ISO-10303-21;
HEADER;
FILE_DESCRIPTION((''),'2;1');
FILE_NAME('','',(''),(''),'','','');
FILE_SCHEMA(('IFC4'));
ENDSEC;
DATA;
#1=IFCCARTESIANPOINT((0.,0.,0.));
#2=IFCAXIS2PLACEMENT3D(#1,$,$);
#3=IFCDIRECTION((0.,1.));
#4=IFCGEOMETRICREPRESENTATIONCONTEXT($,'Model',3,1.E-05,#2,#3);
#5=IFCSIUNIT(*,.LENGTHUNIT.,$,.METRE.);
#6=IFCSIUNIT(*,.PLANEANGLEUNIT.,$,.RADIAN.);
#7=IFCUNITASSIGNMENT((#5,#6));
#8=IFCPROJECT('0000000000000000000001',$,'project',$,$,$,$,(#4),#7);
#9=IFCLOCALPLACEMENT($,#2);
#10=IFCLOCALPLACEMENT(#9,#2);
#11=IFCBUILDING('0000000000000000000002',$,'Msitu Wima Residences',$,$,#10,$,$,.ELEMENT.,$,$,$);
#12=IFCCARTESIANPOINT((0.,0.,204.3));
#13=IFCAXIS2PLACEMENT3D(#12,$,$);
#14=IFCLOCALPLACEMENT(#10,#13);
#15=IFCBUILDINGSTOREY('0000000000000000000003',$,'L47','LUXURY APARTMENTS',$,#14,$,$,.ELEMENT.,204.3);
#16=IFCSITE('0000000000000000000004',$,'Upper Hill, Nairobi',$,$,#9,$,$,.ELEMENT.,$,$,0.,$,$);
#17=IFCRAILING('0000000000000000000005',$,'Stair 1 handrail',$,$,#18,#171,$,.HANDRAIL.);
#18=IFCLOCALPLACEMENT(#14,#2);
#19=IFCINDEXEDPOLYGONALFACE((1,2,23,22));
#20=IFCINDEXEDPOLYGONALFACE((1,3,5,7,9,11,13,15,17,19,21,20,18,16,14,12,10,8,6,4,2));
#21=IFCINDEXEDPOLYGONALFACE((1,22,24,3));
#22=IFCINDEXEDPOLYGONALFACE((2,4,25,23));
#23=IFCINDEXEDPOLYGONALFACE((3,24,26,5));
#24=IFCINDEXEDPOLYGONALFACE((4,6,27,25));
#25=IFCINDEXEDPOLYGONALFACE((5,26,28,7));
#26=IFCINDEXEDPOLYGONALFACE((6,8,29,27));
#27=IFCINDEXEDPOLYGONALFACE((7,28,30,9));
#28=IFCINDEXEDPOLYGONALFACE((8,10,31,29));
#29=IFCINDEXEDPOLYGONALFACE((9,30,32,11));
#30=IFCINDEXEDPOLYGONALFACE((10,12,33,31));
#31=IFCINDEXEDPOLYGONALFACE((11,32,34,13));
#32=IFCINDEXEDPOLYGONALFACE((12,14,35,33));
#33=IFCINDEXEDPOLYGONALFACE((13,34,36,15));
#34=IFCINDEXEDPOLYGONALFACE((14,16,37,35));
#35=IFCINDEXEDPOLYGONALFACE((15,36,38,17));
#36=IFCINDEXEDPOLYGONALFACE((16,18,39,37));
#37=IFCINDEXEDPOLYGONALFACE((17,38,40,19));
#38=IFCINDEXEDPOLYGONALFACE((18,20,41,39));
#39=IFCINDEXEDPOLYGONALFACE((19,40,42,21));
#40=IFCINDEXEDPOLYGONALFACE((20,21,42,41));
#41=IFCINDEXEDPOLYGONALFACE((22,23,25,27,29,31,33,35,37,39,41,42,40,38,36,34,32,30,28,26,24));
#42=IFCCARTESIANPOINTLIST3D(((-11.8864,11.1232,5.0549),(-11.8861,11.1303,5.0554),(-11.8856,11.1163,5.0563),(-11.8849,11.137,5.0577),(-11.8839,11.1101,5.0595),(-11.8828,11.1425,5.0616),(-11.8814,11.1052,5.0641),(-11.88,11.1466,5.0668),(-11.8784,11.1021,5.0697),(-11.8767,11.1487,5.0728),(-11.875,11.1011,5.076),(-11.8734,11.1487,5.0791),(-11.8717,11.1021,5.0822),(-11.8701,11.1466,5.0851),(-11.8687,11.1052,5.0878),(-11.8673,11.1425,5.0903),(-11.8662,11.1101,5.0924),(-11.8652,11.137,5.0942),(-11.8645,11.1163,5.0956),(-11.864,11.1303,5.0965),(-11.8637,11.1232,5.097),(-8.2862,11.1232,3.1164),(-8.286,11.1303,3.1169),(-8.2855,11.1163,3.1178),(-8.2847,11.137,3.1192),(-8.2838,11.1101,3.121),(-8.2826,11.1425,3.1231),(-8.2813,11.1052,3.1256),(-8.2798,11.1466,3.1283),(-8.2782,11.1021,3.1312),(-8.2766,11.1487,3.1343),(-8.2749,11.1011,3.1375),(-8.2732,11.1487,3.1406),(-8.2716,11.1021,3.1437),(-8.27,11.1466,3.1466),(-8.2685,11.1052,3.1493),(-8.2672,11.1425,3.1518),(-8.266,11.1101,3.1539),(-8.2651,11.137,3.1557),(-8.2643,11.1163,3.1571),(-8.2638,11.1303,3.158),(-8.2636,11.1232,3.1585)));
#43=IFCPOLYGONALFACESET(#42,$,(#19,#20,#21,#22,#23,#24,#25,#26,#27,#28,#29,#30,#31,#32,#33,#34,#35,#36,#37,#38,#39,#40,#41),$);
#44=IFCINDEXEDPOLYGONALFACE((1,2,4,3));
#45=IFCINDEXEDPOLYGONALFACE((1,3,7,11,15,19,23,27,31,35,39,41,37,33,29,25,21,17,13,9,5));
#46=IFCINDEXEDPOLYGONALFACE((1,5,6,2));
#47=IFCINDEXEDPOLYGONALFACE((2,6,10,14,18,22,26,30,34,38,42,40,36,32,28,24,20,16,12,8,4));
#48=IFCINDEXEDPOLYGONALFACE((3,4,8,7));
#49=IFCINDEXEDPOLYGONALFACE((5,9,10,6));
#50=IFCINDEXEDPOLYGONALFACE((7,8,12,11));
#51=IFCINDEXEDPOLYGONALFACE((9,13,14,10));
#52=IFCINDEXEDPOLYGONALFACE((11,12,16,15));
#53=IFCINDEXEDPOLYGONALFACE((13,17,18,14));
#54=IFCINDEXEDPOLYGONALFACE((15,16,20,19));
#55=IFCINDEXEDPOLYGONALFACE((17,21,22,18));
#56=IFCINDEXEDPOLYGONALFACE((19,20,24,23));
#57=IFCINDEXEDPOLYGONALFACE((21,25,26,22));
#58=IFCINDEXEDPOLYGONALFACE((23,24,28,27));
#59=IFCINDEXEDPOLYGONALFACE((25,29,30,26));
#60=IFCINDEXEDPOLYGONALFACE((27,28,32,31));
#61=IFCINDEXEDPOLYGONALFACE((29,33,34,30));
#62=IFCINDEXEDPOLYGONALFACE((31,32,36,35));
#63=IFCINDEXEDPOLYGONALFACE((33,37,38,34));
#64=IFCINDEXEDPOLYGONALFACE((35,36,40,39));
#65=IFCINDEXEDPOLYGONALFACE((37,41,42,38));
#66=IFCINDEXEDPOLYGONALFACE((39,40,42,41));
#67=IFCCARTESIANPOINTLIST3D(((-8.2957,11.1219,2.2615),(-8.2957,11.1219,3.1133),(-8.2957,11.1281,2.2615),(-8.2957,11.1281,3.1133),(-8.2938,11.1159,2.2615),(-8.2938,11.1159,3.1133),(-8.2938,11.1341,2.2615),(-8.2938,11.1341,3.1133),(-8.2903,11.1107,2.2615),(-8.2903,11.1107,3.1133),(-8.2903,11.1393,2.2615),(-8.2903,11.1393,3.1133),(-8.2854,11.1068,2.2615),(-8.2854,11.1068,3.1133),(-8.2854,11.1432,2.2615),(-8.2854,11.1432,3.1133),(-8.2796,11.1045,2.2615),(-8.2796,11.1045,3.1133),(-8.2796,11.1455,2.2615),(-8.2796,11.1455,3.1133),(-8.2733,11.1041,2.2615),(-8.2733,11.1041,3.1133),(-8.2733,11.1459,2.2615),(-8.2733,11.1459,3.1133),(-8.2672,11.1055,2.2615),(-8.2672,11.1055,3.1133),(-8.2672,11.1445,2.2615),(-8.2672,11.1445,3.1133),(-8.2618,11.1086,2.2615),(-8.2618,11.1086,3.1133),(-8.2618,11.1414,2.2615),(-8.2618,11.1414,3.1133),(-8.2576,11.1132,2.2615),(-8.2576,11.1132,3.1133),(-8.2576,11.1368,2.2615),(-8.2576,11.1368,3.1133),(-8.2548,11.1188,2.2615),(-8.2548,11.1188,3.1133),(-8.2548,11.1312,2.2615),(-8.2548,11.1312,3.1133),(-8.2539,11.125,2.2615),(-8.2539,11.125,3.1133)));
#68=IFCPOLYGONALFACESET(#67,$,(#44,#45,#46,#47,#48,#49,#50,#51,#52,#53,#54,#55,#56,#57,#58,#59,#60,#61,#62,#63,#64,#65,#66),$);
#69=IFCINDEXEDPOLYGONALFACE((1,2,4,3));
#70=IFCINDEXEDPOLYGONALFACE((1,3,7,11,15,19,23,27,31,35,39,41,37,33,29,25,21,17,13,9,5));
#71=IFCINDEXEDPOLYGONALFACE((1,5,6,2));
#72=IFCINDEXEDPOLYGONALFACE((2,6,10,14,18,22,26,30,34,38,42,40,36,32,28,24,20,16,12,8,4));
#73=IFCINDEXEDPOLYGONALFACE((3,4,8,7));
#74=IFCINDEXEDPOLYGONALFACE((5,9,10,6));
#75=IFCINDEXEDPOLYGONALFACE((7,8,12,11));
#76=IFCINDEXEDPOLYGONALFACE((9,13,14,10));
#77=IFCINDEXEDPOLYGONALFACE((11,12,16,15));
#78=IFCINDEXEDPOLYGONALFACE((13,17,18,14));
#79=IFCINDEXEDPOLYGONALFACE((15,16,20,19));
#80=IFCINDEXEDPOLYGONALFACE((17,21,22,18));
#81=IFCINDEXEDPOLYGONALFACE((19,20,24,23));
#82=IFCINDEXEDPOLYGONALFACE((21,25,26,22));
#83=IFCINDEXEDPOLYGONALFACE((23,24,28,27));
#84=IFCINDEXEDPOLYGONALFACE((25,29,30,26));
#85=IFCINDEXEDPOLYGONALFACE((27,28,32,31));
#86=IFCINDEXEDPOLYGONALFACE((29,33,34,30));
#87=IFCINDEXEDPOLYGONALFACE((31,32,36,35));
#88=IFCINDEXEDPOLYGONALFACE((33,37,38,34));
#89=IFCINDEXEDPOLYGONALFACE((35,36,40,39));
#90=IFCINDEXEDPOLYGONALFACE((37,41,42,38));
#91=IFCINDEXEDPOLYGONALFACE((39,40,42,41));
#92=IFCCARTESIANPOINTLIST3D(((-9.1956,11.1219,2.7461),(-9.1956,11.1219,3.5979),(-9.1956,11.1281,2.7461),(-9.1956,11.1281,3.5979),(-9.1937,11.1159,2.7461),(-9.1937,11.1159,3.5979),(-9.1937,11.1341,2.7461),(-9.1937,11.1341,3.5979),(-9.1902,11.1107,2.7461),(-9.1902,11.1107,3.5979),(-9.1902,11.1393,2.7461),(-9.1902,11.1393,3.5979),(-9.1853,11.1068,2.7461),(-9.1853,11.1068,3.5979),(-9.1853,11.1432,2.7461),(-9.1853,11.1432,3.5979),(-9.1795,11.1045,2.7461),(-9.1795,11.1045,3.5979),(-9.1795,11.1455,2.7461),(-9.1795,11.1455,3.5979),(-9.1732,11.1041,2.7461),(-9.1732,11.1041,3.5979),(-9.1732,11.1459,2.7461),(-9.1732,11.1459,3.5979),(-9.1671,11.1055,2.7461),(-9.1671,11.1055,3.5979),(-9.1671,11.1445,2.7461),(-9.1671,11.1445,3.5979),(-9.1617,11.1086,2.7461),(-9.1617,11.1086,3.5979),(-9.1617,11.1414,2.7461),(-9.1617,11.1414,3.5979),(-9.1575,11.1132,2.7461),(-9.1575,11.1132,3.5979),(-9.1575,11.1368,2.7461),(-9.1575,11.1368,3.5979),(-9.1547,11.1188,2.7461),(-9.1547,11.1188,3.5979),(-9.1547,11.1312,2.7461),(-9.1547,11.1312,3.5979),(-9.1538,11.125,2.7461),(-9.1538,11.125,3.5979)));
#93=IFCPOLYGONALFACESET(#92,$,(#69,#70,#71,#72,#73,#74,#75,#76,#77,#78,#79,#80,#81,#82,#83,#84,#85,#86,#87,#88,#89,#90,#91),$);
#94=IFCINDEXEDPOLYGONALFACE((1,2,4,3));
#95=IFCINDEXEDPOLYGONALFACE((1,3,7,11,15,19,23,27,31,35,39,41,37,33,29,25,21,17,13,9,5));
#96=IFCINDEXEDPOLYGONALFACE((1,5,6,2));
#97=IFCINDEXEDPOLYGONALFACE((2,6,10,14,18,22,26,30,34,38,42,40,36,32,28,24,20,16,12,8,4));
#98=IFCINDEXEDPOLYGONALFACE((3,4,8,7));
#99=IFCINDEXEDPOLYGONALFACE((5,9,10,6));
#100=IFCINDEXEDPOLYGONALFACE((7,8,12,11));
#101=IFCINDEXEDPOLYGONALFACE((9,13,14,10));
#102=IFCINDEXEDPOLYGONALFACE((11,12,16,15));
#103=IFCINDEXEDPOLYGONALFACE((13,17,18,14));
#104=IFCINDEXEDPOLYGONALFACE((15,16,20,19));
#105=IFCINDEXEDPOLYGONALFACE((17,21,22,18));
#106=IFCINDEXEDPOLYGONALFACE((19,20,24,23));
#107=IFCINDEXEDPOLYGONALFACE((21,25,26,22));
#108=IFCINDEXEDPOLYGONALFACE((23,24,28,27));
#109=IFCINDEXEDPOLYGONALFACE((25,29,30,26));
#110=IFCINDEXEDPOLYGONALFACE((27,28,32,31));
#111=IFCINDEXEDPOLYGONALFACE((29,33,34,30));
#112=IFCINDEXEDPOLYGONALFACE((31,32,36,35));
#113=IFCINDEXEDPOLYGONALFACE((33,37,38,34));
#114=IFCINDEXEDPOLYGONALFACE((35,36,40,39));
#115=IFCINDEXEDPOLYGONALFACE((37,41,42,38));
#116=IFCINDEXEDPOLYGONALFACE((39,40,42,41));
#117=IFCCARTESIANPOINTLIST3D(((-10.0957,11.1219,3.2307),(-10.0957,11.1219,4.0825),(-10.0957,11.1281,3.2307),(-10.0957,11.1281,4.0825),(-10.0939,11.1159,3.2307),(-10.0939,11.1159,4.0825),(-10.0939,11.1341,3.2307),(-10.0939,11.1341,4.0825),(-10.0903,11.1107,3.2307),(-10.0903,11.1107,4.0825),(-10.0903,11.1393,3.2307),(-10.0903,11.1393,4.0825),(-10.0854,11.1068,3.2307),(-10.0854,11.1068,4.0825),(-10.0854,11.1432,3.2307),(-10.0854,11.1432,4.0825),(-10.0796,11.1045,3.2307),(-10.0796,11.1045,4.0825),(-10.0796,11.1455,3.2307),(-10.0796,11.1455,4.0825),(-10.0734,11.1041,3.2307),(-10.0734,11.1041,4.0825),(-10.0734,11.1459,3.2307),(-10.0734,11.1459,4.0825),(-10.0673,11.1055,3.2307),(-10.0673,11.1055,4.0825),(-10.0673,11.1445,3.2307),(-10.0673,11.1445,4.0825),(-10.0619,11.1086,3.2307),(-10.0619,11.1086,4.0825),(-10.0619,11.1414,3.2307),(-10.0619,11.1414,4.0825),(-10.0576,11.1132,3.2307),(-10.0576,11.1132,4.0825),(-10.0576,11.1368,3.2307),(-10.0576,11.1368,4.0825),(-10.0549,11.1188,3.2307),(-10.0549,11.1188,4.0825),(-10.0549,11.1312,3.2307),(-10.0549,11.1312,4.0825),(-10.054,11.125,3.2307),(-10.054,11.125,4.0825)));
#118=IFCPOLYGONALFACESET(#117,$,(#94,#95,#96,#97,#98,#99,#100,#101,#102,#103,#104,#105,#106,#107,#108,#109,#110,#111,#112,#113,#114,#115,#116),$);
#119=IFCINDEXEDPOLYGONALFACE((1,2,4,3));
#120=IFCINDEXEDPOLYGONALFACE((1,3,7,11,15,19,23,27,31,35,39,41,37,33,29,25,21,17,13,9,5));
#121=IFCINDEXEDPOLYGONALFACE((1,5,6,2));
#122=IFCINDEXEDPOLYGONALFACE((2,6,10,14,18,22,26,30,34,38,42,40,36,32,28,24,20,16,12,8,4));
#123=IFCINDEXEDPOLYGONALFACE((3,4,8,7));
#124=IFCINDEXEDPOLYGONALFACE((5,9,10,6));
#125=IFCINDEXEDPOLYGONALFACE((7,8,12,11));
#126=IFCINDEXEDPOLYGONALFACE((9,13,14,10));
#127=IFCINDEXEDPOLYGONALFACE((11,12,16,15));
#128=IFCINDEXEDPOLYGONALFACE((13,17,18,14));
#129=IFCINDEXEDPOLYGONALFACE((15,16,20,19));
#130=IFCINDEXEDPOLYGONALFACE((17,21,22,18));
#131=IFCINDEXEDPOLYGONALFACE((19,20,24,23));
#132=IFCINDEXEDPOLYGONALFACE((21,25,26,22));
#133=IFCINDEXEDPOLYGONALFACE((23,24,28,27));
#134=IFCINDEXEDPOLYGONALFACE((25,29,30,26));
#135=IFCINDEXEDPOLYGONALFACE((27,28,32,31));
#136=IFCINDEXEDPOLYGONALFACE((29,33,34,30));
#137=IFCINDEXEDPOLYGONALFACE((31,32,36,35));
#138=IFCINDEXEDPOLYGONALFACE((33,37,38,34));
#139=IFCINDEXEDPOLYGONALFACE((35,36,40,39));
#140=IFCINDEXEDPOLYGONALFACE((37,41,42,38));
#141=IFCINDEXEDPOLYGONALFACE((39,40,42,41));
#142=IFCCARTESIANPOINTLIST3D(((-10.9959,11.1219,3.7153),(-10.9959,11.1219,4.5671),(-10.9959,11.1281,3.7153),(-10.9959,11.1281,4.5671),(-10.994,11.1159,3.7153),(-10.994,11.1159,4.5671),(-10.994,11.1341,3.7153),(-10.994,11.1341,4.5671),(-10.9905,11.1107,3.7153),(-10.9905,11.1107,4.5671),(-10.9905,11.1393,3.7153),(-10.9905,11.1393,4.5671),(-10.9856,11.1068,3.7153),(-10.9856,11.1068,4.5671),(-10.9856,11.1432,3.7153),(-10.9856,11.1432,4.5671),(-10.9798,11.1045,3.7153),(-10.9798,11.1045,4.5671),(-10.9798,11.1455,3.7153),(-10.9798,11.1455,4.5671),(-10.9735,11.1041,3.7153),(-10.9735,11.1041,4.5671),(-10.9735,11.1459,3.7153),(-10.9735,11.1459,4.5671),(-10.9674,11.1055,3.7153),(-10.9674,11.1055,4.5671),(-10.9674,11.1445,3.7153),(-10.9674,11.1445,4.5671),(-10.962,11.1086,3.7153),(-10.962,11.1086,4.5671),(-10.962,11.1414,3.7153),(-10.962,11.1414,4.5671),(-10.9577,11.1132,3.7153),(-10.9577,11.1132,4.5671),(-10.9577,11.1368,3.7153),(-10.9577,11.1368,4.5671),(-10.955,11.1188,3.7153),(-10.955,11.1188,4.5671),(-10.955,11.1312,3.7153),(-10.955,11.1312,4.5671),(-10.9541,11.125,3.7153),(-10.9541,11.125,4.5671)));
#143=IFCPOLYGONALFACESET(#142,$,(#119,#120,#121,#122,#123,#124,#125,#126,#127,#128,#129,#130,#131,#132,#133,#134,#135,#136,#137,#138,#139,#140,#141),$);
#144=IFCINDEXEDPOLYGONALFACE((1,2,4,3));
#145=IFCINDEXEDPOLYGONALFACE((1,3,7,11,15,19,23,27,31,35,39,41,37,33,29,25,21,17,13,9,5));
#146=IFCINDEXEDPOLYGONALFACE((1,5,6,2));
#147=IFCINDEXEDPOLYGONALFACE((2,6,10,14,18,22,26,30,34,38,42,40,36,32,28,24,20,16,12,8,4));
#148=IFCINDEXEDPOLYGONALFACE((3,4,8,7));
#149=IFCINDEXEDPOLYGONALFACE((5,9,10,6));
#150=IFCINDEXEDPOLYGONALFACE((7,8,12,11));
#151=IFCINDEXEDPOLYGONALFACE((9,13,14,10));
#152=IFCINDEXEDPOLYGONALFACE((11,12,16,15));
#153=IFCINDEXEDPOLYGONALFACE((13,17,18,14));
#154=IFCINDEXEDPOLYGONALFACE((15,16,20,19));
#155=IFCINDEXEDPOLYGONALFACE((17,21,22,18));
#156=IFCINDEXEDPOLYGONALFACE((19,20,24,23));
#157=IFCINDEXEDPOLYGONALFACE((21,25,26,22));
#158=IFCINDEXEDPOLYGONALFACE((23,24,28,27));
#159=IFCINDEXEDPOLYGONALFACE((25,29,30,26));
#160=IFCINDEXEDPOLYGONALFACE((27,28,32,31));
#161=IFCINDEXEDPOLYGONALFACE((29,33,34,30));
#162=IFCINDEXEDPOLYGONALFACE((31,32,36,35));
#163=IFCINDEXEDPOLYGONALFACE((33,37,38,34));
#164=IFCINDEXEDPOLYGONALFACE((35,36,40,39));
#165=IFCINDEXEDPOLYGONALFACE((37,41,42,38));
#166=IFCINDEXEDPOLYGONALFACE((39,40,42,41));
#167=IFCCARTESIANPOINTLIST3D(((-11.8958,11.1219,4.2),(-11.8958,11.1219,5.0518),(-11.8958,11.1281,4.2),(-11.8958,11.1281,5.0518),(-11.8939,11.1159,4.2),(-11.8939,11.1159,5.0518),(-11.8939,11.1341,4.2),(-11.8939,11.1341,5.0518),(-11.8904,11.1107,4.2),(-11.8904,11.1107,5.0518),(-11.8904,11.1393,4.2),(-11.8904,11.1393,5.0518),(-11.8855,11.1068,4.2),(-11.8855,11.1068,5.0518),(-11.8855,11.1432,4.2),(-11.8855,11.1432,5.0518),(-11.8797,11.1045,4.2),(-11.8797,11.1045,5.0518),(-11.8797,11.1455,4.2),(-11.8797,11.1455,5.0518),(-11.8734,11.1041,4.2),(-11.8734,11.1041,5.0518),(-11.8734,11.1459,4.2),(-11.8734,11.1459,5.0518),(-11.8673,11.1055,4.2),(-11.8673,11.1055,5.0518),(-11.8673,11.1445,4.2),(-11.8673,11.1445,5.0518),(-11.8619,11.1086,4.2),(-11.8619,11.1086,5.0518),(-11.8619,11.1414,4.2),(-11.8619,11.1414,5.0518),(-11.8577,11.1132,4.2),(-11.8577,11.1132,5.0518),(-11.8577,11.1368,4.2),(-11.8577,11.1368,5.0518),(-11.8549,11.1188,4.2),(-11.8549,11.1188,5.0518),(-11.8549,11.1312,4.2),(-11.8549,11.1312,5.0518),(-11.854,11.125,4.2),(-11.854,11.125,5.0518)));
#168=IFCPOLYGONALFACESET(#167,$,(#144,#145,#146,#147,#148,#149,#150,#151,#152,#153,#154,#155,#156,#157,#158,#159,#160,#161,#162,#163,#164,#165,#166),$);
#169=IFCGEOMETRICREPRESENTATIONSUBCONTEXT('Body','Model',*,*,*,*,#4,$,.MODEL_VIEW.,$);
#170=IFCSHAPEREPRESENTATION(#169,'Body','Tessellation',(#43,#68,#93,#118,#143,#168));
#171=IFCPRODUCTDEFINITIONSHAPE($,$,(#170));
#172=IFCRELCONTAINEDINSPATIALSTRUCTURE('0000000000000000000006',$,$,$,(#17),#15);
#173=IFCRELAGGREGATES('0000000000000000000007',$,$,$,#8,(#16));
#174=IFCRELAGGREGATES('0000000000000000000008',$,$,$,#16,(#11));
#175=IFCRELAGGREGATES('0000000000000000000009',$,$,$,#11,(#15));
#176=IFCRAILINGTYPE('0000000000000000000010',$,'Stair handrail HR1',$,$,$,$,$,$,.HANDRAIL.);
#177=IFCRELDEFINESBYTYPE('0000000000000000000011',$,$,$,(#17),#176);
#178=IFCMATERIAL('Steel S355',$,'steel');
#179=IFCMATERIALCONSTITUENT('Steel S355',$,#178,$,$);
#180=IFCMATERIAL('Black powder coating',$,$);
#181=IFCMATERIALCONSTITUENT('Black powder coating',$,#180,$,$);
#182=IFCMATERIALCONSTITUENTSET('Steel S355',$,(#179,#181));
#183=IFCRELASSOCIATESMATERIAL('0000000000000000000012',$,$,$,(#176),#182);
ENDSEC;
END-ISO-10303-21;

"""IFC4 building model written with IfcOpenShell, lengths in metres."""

from ifc_helpers import new_model, si_unit, direction, frame, origin, origin_2d, place, context, subcontext, project, spatial, circle, extrude, material, constituent, constituent_set, type_object, element, save


model = new_model("IFC4")

# Units and contexts
model_context = context("Model", 3, precision=1e-05, world=origin(), true_north=direction((0.0, 1.0)))
body_context = subcontext(model_context, "Body", "Model", "MODEL_VIEW")
ifc_project = project(units=[si_unit("LENGTHUNIT", "METRE"), si_unit("PLANEANGLEUNIT", "RADIAN")], contexts=[model_context])

# Site, building, storey
site_placement = place(None, origin())
site = spatial("IfcSite", under=ifc_project, at=site_placement, Name="Upper Hill, Nairobi", CompositionType="ELEMENT", RefElevation=0.0)
building_placement = place(site_placement, origin())
building = spatial("IfcBuilding", under=site, at=building_placement, Name="Msitu Wima Residences", CompositionType="ELEMENT")
storey_placement = place(building_placement, frame((0.0, 0.0, 204.3)))
storey = spatial("IfcBuildingStorey", under=building, at=storey_placement, Name="L47", Description="LUXURY APARTMENTS", CompositionType="ELEMENT", Elevation=204.3)

# Railing
ifc_material_1 = material(Name="Steel S355", Category="steel")
ifc_constituent_1 = constituent(ifc_material_1, Name="Steel S355")
ifc_material_2 = material(Name="Black powder coating")
ifc_constituent_2 = constituent(ifc_material_2, Name="Black powder coating")
ifc_constituent_set_1 = constituent_set(constituents=[ifc_constituent_1, ifc_constituent_2], Name="Steel S355")
railing_type_1 = type_object("IfcRailingType", Name="Stair handrail HR1", PredefinedType="HANDRAIL", material=ifc_constituent_set_1)
for number, where, name in (
    (1, (-8.2749, 11.125, 2.2615), "Stair 1 handrail"),
):
    element("IfcRailing", number, at=place(storey_placement, frame(where)), inside=storey, type_object=railing_type_1, Name=name, PredefinedType="HANDRAIL", context=body_context, shape_type="SweptSolid", body=[
        extrude(circle(Radius=0.0239, at=origin_2d()), frame((0.0, 0.0, 0.876), z_axis=(-0.880475, 0.0, 0.474093), x_axis=(0.0, -1.0, 0.0)), (0.0, 0.0, 1.0), 4.0889),
        extrude(circle(Radius=0.021, at=origin_2d()), origin(), (0.0, 0.0, 1.0), 0.8518),
        extrude(circle(Radius=0.021, at=origin_2d()), frame((-0.8999, 0.0, 0.4846)), (0.0, 0.0, 1.0), 0.8518),
        extrude(circle(Radius=0.021, at=origin_2d()), frame((-1.8, 0.0, 0.9692)), (0.0, 0.0, 1.0), 0.8518),
        extrude(circle(Radius=0.021, at=origin_2d()), frame((-2.7002, 0.0, 1.4539)), (0.0, 0.0, 1.0), 0.8518),
        extrude(circle(Radius=0.021, at=origin_2d()), frame((-3.6001, 0.0, 1.9385)), (0.0, 0.0, 1.0), 0.8518),
    ])

save(model, "model.ifc")
